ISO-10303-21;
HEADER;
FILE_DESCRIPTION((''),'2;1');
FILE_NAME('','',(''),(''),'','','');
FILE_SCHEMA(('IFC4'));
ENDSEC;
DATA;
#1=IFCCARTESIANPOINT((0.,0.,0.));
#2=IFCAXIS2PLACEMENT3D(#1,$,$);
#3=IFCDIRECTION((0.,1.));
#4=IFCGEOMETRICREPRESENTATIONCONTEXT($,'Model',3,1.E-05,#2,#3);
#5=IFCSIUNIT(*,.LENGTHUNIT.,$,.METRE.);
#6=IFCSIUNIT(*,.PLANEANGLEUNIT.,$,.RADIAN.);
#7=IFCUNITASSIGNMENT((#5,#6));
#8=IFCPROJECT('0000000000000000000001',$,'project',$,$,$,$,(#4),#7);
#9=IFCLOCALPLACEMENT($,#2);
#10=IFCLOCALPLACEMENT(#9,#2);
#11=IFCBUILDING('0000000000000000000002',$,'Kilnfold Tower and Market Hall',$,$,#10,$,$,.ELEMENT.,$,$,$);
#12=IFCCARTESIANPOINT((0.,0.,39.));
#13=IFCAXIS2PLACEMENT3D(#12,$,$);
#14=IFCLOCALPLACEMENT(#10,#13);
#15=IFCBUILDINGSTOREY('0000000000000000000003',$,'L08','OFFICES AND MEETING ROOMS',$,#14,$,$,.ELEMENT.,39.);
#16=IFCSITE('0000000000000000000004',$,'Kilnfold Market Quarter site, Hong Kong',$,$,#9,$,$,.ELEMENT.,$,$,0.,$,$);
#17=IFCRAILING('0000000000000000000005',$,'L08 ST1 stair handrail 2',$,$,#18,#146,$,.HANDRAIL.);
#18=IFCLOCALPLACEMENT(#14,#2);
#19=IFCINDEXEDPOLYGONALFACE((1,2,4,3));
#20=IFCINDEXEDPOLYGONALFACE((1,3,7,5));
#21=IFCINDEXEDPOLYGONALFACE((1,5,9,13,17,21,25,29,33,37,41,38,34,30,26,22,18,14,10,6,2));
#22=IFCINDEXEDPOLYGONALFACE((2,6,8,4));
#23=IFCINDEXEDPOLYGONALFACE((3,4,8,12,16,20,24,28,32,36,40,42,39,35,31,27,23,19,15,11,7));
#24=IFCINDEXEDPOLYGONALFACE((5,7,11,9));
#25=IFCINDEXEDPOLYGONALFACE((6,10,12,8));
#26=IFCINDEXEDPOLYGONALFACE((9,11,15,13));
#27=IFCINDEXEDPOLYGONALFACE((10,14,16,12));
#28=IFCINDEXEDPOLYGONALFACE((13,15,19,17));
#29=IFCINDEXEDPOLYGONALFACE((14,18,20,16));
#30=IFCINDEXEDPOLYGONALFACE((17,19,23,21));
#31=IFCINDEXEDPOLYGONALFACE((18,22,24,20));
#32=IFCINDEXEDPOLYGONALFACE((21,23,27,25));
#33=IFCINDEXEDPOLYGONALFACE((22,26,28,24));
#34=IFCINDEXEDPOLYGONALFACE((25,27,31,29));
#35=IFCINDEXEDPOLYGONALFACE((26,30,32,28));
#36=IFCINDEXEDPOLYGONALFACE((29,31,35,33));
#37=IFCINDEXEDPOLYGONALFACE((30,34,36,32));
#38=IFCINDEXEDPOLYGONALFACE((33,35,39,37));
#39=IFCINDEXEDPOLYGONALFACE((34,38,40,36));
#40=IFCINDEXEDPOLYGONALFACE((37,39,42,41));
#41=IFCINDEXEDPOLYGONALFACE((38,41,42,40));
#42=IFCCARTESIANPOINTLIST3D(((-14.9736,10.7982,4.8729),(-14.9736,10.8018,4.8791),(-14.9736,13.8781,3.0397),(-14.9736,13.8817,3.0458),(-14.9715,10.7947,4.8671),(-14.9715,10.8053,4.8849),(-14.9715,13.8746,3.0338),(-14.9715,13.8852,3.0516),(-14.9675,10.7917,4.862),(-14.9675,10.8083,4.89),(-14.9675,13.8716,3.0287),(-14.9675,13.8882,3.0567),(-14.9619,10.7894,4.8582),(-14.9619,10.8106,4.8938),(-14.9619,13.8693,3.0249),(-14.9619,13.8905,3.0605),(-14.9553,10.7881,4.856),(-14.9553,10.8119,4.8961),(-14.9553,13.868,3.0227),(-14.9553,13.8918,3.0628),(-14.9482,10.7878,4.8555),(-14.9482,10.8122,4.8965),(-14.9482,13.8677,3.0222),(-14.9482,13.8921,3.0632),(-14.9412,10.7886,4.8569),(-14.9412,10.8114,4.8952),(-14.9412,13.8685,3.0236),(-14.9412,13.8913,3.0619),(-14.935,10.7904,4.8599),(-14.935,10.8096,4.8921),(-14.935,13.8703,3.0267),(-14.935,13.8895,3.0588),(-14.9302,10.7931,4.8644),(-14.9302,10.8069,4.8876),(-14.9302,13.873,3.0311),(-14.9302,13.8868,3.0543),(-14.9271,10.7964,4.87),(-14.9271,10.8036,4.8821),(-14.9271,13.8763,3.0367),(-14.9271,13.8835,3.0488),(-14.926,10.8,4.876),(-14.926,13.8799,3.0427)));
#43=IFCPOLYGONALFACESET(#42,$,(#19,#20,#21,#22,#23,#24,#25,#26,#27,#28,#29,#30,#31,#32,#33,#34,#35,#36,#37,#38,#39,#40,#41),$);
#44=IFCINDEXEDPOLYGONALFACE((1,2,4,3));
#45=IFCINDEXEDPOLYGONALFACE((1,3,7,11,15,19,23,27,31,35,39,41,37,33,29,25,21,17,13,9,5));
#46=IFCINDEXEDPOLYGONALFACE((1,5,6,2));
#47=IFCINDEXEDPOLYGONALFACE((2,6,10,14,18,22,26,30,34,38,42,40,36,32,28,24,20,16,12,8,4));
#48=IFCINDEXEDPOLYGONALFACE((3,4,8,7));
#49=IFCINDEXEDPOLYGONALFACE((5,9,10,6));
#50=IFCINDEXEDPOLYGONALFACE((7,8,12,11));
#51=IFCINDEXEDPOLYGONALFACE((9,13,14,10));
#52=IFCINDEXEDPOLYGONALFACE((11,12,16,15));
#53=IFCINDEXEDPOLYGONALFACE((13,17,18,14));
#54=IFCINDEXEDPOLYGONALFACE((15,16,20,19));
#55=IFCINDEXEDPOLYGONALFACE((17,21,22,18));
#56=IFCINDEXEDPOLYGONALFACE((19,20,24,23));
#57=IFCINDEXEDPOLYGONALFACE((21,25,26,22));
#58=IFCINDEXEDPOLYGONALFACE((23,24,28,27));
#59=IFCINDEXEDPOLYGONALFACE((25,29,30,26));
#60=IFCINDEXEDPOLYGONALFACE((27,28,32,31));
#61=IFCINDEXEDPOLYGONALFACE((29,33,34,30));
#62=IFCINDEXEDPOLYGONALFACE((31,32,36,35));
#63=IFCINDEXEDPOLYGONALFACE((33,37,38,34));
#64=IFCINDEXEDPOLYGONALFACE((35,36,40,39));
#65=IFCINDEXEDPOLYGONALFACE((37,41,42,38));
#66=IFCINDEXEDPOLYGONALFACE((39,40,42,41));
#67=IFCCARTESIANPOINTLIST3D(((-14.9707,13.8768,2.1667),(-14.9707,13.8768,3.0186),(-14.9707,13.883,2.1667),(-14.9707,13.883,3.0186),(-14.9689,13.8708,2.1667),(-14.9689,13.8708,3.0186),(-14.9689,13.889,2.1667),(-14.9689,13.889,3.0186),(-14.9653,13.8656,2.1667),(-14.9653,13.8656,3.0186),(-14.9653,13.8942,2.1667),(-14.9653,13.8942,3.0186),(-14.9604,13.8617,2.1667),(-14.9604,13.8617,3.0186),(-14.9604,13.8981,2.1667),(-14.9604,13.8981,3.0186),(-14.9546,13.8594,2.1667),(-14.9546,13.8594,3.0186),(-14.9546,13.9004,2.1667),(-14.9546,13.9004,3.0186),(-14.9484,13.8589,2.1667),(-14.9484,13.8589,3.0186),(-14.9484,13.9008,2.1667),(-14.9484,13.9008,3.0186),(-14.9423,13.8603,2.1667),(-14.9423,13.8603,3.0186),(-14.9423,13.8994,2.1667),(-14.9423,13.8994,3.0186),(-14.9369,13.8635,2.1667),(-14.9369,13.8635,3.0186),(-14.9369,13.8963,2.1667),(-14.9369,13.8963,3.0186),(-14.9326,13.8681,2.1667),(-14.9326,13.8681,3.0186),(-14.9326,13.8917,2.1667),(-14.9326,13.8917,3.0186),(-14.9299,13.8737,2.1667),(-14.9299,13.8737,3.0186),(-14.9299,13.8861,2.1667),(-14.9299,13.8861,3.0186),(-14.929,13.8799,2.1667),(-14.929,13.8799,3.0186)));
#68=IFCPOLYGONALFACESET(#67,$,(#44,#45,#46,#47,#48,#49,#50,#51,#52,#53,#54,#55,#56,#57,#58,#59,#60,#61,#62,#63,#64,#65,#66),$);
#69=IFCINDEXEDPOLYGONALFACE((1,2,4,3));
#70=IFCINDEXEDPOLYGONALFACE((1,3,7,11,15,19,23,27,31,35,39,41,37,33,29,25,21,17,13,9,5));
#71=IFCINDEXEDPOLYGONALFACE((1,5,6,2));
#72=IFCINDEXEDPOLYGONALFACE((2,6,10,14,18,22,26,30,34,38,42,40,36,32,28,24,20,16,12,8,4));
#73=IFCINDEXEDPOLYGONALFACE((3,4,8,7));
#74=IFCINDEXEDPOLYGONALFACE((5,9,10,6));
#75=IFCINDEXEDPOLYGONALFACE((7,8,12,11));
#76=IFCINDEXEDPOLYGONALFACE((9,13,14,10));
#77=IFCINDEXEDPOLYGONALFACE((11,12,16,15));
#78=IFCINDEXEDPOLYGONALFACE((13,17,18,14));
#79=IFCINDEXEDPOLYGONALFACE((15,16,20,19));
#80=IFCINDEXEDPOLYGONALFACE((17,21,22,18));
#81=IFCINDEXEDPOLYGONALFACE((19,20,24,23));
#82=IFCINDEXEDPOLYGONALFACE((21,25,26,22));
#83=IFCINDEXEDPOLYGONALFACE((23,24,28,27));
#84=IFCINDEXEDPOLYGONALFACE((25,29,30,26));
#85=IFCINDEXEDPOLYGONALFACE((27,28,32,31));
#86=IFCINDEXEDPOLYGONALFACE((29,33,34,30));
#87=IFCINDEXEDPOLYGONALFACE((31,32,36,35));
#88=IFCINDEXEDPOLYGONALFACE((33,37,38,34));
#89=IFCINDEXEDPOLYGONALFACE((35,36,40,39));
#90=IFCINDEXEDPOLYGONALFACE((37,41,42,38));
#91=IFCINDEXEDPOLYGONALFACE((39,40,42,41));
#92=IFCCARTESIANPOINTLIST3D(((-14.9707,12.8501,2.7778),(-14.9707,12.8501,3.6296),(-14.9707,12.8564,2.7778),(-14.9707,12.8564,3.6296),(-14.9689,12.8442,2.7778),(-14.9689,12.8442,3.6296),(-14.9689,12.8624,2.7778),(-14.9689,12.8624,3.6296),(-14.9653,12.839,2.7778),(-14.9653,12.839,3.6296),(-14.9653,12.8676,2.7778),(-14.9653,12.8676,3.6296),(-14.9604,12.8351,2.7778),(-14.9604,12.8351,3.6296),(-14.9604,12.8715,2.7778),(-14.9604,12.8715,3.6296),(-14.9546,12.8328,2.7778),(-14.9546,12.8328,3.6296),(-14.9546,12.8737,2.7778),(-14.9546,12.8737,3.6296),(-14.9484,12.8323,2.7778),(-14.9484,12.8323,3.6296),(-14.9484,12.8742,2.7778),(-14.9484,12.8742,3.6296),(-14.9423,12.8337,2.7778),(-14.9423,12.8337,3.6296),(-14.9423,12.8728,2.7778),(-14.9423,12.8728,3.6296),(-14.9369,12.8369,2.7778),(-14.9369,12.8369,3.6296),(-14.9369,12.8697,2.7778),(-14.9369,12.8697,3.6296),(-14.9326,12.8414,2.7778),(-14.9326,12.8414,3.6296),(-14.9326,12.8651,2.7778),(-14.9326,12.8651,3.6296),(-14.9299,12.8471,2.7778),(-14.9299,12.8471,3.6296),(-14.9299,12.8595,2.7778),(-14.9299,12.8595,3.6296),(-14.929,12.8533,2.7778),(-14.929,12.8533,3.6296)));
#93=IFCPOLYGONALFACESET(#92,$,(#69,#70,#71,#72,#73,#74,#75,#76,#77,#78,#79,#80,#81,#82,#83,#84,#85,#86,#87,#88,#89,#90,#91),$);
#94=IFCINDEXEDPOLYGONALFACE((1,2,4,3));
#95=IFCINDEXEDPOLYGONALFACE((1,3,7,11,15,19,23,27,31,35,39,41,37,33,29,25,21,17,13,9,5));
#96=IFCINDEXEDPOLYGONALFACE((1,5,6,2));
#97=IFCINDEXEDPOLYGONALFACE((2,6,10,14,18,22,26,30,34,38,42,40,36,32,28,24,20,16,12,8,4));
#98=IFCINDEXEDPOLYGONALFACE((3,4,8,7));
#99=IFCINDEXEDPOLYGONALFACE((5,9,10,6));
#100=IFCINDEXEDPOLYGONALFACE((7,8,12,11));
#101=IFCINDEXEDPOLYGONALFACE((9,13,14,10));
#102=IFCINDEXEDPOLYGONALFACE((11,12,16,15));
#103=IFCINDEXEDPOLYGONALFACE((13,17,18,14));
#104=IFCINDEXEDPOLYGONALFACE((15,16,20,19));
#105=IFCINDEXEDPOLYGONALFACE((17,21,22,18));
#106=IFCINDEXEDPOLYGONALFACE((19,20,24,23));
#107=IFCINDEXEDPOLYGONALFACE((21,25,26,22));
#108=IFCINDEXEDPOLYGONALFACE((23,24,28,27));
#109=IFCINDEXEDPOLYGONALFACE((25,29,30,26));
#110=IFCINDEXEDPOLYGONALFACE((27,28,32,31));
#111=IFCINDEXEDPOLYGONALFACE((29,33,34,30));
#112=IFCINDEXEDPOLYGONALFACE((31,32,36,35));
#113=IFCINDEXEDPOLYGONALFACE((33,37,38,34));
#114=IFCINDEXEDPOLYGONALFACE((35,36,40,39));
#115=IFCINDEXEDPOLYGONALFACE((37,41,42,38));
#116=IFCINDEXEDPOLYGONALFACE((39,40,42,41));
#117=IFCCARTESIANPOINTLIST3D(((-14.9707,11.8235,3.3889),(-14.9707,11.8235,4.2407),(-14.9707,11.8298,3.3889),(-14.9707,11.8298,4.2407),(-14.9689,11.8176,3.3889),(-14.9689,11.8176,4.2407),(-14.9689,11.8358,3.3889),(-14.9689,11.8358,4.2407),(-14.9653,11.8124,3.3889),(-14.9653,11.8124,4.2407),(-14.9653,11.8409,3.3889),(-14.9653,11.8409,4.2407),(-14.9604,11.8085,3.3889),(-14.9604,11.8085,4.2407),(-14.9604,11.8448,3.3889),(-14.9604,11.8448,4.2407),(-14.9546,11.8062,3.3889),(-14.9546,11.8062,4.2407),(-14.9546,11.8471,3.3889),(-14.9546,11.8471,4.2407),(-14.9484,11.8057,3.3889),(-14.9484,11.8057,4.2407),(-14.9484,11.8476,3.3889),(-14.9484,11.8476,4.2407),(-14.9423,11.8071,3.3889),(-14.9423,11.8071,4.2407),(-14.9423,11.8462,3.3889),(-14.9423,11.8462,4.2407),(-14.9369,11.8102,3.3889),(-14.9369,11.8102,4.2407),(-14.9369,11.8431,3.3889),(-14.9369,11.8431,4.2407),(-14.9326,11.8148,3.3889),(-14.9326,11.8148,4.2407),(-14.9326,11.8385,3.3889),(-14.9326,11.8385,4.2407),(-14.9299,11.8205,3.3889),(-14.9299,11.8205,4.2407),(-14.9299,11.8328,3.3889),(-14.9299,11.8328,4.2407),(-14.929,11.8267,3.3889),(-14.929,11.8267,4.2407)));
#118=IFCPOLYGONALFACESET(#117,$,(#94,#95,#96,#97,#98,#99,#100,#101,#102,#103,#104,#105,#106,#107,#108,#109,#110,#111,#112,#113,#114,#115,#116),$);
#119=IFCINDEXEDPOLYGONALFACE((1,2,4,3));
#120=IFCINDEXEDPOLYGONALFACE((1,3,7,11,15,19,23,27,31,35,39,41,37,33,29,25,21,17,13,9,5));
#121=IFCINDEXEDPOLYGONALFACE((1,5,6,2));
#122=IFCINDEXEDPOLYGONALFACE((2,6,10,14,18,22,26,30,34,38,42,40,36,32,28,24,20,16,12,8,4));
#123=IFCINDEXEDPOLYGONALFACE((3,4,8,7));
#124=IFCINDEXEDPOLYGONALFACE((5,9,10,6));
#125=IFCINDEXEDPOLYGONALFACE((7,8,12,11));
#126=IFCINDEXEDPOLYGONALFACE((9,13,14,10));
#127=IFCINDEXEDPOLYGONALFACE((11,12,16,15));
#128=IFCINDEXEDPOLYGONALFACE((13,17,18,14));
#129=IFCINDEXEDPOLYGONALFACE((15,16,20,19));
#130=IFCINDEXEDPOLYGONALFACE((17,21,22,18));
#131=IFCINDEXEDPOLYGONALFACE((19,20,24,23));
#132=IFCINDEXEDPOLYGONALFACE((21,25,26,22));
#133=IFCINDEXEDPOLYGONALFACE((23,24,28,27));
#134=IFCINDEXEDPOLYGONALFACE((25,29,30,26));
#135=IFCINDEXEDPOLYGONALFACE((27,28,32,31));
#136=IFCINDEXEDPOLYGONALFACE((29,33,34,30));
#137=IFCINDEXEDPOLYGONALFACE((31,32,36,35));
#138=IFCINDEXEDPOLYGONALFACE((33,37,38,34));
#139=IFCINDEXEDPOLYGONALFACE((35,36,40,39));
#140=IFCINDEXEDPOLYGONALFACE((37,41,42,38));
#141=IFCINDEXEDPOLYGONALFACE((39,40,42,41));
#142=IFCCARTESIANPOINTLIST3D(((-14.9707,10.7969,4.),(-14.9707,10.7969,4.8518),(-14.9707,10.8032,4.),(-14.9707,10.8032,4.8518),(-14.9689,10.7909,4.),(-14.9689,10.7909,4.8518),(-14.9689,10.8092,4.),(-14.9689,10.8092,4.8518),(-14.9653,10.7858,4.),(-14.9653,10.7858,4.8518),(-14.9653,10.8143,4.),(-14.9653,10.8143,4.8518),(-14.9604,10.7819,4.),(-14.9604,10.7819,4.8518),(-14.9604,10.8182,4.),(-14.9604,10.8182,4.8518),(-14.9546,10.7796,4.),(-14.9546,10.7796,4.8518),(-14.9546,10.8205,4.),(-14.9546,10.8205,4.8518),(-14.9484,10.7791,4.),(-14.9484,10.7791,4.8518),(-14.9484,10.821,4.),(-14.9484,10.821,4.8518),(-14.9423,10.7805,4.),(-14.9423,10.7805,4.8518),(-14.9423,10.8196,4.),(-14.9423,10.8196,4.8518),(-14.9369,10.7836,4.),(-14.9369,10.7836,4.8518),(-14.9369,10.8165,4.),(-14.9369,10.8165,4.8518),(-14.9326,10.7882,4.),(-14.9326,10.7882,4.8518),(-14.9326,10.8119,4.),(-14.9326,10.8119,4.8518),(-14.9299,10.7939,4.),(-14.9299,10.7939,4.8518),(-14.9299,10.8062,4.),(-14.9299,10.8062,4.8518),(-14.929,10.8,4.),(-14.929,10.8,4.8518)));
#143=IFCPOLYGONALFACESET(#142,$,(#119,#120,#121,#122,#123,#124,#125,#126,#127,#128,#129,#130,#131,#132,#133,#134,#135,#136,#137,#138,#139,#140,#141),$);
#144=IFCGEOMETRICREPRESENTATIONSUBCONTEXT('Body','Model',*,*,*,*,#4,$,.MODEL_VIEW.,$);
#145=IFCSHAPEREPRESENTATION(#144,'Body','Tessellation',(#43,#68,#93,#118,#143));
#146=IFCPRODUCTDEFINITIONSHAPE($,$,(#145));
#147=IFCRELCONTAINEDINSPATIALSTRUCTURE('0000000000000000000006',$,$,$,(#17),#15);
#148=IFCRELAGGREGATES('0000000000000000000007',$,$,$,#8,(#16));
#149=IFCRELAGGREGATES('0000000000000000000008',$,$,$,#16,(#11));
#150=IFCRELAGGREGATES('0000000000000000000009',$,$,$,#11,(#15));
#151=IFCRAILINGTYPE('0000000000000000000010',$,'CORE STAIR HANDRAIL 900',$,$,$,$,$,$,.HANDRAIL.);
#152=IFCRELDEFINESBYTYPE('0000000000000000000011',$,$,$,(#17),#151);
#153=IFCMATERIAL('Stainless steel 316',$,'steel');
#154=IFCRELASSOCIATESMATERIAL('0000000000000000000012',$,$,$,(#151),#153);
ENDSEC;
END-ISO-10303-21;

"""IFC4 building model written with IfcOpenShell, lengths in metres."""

from ifc_helpers import new_model, si_unit, direction, frame, origin, origin_2d, place, context, subcontext, project, spatial, circle, extrude, material, type_object, element, save


model = new_model("IFC4")

# Units and contexts
model_context = context("Model", 3, precision=1e-05, world=origin(), true_north=direction((0.0, 1.0)))
body_context = subcontext(model_context, "Body", "Model", "MODEL_VIEW")
ifc_project = project(units=[si_unit("LENGTHUNIT", "METRE"), si_unit("PLANEANGLEUNIT", "RADIAN")], contexts=[model_context])

# Site, building, storey
site_placement = place(None, origin())
site = spatial("IfcSite", under=ifc_project, at=site_placement, Name="Kilnfold Market Quarter site, Hong Kong", CompositionType="ELEMENT", RefElevation=0.0)
building_placement = place(site_placement, origin())
building = spatial("IfcBuilding", under=site, at=building_placement, Name="Kilnfold Tower and Market Hall", CompositionType="ELEMENT")
storey_placement = place(building_placement, frame((0.0, 0.0, 39.0)))
storey = spatial("IfcBuildingStorey", under=building, at=storey_placement, Name="L08", Description="OFFICES AND MEETING ROOMS", CompositionType="ELEMENT", Elevation=39.0)

# Railing
ifc_material_1 = material(Name="Stainless steel 316", Category="steel")
railing_type_1 = type_object("IfcRailingType", Name="CORE STAIR HANDRAIL 900", PredefinedType="HANDRAIL", material=ifc_material_1)
railing_1_placement = place(storey_placement, frame((-14.95, 13.8799, 2.1667)))
element("IfcRailing", 1, at=railing_1_placement, inside=storey, type_object=railing_type_1, Name="L08 ST1 stair handrail 2", PredefinedType="HANDRAIL", context=body_context, shape_type="SweptSolid", body=[
    extrude(circle(Radius=0.0239, at=origin_2d()), frame((0.0, 0.0, 0.876), z_axis=(0.0, -0.859291, 0.511487), x_axis=(1.0, 0.0, 0.0)), (0.0, 0.0, 1.0), 3.5842),
    extrude(circle(Radius=0.021, at=origin_2d()), origin(), (0.0, 0.0, 1.0), 0.8518),
    extrude(circle(Radius=0.021, at=origin_2d()), frame((0.0, -1.0266, 0.6111)), (0.0, 0.0, 1.0), 0.8518),
    extrude(circle(Radius=0.021, at=origin_2d()), frame((0.0, -2.0532, 1.2222)), (0.0, 0.0, 1.0), 0.8518),
    extrude(circle(Radius=0.021, at=origin_2d()), frame((0.0, -3.0798, 1.8333)), (0.0, 0.0, 1.0), 0.8518),
])

save(model, "model.ifc")
